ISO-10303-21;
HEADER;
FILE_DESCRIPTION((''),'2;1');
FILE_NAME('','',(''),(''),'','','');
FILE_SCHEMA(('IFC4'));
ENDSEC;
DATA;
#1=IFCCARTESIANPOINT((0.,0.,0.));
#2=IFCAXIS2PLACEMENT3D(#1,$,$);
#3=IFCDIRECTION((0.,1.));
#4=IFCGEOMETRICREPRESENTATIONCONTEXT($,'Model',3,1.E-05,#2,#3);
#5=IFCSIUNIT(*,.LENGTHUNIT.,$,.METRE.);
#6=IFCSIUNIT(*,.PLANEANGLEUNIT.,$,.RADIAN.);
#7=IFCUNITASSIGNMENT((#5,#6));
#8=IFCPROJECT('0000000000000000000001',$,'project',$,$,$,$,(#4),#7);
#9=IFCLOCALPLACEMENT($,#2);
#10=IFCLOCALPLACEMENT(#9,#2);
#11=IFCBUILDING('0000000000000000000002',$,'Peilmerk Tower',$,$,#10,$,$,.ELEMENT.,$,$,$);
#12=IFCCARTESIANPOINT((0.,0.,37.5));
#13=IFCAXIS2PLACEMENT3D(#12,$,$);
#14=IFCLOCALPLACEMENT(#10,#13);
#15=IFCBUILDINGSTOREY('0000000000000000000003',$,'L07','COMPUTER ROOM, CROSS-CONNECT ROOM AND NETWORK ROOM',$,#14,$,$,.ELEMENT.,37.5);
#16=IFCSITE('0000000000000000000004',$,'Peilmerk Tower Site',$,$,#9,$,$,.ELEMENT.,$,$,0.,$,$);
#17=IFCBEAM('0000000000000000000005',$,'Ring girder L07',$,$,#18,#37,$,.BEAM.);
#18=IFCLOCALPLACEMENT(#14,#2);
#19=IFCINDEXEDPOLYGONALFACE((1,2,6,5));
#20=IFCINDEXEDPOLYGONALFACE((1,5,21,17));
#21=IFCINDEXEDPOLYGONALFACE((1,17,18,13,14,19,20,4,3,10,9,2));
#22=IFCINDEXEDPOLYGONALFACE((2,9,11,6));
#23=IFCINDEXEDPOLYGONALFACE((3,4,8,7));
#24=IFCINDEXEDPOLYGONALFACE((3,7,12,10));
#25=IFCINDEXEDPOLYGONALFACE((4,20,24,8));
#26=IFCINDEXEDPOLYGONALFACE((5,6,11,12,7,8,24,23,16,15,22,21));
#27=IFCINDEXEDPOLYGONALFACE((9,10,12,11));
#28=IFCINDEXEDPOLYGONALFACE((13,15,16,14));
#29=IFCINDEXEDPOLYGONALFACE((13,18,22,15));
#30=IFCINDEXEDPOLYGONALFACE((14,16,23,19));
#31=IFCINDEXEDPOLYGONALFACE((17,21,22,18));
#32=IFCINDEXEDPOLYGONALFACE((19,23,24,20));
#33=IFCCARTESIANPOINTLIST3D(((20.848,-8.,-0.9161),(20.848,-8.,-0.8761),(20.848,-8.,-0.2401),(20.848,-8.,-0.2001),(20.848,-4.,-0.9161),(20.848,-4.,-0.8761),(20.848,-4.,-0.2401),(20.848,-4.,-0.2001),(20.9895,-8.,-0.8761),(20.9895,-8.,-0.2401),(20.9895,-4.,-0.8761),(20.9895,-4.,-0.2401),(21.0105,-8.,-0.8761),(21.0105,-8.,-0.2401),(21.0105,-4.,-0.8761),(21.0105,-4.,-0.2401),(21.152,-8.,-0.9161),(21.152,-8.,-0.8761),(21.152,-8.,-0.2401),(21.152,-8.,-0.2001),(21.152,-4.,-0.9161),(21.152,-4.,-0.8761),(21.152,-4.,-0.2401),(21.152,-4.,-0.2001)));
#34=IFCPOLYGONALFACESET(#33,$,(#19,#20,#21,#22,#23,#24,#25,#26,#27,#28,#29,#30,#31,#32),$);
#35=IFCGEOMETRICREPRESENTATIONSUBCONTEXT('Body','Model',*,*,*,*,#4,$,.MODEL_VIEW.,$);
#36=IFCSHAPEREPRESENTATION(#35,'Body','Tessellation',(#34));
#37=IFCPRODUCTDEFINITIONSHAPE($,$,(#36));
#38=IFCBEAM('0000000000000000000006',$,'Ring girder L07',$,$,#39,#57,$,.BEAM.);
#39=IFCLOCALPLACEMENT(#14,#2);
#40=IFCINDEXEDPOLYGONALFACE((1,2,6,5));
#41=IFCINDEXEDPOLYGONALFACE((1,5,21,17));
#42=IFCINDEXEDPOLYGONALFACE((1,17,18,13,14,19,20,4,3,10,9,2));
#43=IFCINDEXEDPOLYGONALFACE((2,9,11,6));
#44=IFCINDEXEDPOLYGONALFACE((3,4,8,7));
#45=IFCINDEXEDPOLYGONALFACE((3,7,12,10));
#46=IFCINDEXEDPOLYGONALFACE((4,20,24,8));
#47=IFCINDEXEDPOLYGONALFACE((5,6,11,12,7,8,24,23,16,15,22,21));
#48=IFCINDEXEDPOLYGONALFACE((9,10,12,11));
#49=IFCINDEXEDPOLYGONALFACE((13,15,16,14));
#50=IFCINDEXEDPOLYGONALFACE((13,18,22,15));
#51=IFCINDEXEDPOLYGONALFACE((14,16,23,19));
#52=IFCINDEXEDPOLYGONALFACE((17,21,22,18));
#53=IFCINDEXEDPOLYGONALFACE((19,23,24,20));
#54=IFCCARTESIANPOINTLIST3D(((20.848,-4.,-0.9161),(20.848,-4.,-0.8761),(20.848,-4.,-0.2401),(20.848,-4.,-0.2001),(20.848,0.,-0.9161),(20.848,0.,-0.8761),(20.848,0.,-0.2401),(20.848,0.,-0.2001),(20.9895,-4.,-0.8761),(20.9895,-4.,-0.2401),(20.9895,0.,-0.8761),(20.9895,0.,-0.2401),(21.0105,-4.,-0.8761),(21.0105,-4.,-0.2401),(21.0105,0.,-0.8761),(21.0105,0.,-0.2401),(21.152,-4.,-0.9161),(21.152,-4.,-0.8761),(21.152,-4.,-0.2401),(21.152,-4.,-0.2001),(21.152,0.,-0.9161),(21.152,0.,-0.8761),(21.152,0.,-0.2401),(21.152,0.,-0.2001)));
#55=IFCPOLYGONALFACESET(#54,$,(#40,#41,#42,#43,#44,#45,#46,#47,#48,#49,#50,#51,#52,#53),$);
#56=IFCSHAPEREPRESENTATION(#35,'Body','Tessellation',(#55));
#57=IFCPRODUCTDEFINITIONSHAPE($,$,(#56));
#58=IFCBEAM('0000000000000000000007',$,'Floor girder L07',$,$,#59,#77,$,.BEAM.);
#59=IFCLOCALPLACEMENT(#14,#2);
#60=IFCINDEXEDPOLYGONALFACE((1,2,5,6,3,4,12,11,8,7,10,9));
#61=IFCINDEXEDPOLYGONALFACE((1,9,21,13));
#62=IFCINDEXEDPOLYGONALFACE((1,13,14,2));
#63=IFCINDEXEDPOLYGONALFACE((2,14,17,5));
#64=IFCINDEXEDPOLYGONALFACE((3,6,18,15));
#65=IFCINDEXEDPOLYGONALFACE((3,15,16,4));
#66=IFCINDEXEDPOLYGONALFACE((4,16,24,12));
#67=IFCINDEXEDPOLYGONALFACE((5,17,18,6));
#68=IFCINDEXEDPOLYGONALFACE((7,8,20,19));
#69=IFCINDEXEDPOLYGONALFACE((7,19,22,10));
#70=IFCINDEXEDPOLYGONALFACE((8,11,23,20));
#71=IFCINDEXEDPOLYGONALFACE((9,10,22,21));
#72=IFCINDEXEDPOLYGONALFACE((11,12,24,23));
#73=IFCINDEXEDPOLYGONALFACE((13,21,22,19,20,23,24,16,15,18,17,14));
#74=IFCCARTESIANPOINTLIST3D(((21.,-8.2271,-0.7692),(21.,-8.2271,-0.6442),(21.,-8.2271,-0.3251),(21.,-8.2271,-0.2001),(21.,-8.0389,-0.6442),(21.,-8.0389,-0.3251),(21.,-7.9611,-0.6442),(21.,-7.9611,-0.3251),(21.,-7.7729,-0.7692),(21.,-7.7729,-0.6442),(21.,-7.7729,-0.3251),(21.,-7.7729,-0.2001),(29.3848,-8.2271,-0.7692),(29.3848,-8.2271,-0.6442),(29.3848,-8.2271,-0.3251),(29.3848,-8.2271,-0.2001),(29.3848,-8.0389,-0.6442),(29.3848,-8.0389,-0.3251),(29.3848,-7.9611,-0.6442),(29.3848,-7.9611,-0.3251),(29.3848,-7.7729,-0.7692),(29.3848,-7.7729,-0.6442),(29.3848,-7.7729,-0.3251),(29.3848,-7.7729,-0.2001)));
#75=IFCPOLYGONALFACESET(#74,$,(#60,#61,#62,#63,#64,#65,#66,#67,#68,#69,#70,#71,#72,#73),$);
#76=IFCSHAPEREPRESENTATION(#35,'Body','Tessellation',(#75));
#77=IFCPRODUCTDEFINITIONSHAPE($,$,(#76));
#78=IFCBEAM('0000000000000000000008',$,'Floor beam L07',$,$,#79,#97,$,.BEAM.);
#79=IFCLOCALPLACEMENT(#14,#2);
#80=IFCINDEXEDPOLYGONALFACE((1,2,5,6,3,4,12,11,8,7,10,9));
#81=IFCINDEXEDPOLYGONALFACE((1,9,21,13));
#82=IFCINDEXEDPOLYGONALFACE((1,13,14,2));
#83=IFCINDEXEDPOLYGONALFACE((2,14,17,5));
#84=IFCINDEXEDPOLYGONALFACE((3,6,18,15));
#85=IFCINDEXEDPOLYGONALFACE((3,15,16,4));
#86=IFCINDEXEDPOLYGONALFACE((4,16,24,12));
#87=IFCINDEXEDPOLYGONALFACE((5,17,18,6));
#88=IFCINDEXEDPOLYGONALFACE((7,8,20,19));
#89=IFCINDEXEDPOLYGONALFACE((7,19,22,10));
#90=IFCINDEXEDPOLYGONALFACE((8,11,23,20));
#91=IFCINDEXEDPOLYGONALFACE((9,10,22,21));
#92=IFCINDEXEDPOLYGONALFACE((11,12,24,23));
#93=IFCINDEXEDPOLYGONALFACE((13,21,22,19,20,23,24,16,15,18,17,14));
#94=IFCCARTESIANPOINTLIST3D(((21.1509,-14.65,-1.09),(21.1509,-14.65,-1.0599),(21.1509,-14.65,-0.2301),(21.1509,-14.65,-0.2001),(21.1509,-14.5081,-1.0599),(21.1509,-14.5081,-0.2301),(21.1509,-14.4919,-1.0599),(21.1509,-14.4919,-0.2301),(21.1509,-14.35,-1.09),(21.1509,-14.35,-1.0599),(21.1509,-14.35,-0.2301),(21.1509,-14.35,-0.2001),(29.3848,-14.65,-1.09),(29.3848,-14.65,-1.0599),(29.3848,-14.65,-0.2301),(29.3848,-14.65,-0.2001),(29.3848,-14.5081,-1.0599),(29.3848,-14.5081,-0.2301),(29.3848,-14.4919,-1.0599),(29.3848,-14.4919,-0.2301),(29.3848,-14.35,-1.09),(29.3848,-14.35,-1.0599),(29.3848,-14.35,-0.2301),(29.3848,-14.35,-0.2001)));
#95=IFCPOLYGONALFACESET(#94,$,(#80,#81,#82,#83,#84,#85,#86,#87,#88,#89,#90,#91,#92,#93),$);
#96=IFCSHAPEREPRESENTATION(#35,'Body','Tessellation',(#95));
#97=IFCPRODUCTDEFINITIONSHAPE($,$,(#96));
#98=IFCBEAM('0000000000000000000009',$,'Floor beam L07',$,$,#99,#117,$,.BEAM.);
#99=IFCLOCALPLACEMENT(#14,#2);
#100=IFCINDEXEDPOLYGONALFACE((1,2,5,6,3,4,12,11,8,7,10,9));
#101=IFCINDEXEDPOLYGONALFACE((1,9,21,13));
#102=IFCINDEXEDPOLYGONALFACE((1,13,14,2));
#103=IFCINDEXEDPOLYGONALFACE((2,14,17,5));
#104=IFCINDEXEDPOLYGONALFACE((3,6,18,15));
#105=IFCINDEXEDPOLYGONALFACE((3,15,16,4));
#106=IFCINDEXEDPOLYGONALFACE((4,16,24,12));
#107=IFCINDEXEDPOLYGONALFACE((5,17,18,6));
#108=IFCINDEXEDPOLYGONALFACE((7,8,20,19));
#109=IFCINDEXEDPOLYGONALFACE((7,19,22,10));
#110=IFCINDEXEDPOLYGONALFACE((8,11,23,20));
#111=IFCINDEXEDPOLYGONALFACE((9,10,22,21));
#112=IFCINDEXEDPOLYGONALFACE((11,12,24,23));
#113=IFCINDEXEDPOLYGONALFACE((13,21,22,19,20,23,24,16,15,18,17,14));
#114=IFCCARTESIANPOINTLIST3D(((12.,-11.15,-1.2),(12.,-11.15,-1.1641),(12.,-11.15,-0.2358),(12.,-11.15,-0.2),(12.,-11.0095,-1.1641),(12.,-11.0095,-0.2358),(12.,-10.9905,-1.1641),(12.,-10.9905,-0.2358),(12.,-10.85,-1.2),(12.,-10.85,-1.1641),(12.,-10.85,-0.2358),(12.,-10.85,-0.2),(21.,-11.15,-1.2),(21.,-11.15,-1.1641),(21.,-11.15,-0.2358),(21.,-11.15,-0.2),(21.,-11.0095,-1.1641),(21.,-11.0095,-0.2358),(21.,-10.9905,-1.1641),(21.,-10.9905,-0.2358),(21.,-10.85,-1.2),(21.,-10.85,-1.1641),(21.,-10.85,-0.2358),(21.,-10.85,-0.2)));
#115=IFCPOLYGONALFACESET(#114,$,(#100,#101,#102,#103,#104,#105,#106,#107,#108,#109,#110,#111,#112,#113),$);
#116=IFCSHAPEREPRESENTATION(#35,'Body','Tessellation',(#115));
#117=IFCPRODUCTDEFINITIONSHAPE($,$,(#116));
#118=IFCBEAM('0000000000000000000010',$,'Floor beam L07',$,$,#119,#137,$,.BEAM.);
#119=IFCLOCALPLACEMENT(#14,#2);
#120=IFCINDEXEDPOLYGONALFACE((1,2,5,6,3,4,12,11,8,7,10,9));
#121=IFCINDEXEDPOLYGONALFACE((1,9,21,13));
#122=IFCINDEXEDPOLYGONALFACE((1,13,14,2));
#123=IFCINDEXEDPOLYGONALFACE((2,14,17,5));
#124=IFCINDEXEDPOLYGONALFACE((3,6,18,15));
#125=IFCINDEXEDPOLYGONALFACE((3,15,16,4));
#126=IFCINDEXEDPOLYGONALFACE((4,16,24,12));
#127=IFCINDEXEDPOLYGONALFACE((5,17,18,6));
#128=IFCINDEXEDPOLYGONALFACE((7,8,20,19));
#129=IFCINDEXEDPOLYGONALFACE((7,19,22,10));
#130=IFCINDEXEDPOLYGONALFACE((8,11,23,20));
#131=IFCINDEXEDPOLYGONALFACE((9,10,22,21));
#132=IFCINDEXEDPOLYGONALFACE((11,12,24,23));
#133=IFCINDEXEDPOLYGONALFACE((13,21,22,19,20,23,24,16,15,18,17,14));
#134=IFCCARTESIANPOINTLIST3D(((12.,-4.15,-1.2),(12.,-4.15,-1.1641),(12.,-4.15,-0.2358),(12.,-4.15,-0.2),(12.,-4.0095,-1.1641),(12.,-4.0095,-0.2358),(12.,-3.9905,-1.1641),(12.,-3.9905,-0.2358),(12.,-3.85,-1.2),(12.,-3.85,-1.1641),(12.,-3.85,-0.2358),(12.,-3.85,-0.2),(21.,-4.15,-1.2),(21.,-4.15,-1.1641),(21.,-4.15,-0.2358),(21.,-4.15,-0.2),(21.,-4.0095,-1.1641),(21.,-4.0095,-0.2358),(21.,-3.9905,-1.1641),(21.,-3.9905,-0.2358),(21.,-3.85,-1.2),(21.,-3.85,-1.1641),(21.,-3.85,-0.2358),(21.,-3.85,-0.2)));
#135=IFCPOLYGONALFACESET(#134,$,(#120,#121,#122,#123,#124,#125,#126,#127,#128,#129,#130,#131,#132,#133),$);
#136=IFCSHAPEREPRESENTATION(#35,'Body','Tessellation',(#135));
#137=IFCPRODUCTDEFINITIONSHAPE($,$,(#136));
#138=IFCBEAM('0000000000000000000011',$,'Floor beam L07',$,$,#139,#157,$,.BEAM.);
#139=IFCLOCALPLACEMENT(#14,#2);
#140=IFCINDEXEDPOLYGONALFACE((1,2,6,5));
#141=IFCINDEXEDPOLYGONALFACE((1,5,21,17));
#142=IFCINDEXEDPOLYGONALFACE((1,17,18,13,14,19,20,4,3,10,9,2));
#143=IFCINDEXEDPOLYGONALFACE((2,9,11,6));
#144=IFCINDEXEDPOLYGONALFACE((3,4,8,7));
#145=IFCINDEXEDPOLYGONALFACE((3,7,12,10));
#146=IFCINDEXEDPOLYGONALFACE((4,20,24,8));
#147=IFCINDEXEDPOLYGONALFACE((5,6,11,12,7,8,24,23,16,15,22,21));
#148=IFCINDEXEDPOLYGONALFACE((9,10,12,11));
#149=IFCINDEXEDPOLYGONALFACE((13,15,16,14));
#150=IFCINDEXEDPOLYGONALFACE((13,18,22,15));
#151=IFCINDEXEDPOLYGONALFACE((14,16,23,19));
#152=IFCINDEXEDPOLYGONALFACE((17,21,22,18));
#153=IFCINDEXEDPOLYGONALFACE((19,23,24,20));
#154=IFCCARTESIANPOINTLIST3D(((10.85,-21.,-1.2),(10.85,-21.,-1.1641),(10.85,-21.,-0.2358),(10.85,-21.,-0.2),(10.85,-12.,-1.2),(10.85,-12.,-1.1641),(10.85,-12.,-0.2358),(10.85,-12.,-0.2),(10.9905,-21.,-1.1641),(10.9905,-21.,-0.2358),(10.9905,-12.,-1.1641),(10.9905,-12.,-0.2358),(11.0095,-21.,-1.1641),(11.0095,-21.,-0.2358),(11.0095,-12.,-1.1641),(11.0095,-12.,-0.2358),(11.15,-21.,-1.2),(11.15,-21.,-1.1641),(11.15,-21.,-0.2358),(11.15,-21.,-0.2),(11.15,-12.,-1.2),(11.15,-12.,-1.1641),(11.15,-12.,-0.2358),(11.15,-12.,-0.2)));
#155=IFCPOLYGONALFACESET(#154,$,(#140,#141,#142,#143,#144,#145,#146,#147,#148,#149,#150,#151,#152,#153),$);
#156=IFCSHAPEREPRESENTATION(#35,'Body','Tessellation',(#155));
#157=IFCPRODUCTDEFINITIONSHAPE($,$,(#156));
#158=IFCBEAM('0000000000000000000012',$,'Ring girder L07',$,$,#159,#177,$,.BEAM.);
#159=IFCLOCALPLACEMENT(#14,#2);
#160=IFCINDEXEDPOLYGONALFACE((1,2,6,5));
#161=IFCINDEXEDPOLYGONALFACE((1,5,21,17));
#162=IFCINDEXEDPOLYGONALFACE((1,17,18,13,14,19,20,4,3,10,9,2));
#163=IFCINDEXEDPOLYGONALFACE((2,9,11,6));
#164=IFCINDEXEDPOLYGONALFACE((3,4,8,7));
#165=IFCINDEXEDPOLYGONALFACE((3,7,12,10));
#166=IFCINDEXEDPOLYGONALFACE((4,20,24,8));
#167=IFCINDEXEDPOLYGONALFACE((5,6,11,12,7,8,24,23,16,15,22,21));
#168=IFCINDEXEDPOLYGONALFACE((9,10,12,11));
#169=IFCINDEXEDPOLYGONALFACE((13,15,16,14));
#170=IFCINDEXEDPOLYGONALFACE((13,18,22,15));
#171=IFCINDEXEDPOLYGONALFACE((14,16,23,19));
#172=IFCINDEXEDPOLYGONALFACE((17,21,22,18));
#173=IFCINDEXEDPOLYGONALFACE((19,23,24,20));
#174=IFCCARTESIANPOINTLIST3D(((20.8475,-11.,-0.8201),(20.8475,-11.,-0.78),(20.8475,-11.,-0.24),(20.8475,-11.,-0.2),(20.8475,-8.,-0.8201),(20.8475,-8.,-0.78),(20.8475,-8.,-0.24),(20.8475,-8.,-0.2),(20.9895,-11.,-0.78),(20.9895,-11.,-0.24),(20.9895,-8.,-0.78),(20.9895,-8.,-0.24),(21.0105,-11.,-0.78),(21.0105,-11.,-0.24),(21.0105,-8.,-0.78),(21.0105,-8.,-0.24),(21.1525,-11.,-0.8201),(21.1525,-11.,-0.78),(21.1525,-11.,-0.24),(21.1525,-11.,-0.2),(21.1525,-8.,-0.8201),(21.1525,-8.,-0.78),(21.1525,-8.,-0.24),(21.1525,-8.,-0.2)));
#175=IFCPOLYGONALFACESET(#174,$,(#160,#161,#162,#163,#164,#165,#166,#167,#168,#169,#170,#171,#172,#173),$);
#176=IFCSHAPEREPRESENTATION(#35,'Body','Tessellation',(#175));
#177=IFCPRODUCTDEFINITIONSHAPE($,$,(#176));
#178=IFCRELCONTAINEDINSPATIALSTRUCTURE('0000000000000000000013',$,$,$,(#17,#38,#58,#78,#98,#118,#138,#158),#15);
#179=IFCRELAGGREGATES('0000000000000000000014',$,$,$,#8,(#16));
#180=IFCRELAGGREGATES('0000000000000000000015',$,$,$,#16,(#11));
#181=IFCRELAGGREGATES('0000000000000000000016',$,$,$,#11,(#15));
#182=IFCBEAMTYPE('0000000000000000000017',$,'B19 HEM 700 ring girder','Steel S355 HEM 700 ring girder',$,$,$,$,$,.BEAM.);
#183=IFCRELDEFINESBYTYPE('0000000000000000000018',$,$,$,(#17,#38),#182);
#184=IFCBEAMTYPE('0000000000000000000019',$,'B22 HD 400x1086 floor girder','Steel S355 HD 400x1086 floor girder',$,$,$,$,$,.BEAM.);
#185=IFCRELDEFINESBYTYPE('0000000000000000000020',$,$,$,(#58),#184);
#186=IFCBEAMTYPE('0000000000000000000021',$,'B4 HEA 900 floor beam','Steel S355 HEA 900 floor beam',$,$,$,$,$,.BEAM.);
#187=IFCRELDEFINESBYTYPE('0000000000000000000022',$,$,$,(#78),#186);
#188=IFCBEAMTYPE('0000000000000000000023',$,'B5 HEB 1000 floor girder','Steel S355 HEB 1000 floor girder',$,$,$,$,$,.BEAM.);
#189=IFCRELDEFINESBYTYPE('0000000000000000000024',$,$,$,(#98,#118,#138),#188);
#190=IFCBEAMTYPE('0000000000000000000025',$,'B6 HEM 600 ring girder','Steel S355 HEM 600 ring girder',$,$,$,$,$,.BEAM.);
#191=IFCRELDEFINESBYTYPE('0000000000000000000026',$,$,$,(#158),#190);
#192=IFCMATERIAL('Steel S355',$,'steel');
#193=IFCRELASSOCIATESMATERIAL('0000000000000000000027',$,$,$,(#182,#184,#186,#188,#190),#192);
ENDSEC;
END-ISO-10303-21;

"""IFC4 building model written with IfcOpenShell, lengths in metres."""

from ifc_helpers import new_model, si_unit, direction, frame, origin, origin_2d, place, context, subcontext, project, spatial, i_section, extrude, material, material_profile, profile_set, type_object, element, save


model = new_model("IFC4")

# Units and contexts
model_context = context("Model", 3, precision=1e-05, world=origin(), true_north=direction((0.0, 1.0)))
body_context = subcontext(model_context, "Body", "Model", "MODEL_VIEW")
ifc_project = project(units=[si_unit("LENGTHUNIT", "METRE"), si_unit("PLANEANGLEUNIT", "RADIAN")], contexts=[model_context])

# Site, building, storey
site_placement = place(None, origin())
site = spatial("IfcSite", under=ifc_project, at=site_placement, Name="Peilmerk Tower Site", CompositionType="ELEMENT", RefElevation=0.0)
building_placement = place(site_placement, origin())
building = spatial("IfcBuilding", under=site, at=building_placement, Name="Peilmerk Tower", CompositionType="ELEMENT")
storey_placement = place(building_placement, frame((0.0, 0.0, 37.5)))
storey = spatial("IfcBuildingStorey", under=building, at=storey_placement, Name="L07", Description="COMPUTER ROOM, CROSS-CONNECT ROOM AND NETWORK ROOM", CompositionType="ELEMENT", Elevation=37.5)

# Beams
ifc_material_1 = material(Name="Steel S355", Category="steel")
ifc_material_profile_1 = material_profile(ifc_material_1, i_section(OverallWidth=0.304, OverallDepth=0.7161, WebThickness=0.021, FlangeThickness=0.04, at=origin_2d()), Name="HEM 700")
ifc_profile_set_1 = profile_set([ifc_material_profile_1], Name="Steel S355")
beam_type_1 = type_object("IfcBeamType", Name="B19 HEM 700 ring girder", Description="Steel S355 HEM 700 ring girder", PredefinedType="BEAM", material=ifc_profile_set_1)
for number, where, z_axis, x_axis, name in (
    (1, (21.0, -8.0, -0.5581), (0.0, 1.0, 0.0), (-1.0, 0.0, 0.0), "Ring girder L07"),
    (2, (21.0, -4.0, -0.5581), (0.0, 1.0, 0.0), (-1.0, 0.0, 0.0), "Ring girder L07"),
):
    element("IfcBeam", number, at=place(storey_placement, frame(where, z_axis=z_axis, x_axis=x_axis)), inside=storey, type_object=beam_type_1, Name=name, PredefinedType="BEAM", context=body_context, shape_type="SweptSolid", body=[
        extrude(i_section(OverallWidth=0.304, OverallDepth=0.7161, WebThickness=0.021, FlangeThickness=0.04, at=origin_2d()), origin(), (0.0, 0.0, 1.0), 4.0),
    ])
ifc_material_profile_2 = material_profile(ifc_material_1, i_section(OverallWidth=0.4541, OverallDepth=0.5691, WebThickness=0.0779, FlangeThickness=0.125, at=origin_2d()), Name="HD 400x1086")
ifc_profile_set_2 = profile_set([ifc_material_profile_2], Name="Steel S355")
beam_type_2 = type_object("IfcBeamType", Name="B22 HD 400x1086 floor girder", Description="Steel S355 HD 400x1086 floor girder", PredefinedType="BEAM", material=ifc_profile_set_2)
beam_1_placement = place(storey_placement, frame((21.0, -8.0, -0.4846), z_axis=(1.0, 0.0, 0.0), x_axis=(0.0, 1.0, 0.0)))
element("IfcBeam", 3, at=beam_1_placement, inside=storey, type_object=beam_type_2, Name="Floor girder L07", PredefinedType="BEAM", context=body_context, shape_type="SweptSolid", body=[
    extrude(i_section(OverallWidth=0.4541, OverallDepth=0.5691, WebThickness=0.0779, FlangeThickness=0.125, at=origin_2d()), origin(), (0.0, 0.0, 1.0), 8.3848),
])
ifc_material_profile_3 = material_profile(ifc_material_1, i_section(OverallWidth=0.3, OverallDepth=0.8899, WebThickness=0.0161, FlangeThickness=0.03, at=origin_2d()), Name="HEA 900")
ifc_profile_set_3 = profile_set([ifc_material_profile_3], Name="Steel S355")
beam_type_3 = type_object("IfcBeamType", Name="B4 HEA 900 floor beam", Description="Steel S355 HEA 900 floor beam", PredefinedType="BEAM", material=ifc_profile_set_3)
beam_2_placement = place(storey_placement, frame((21.1509, -14.5, -0.645), z_axis=(1.0, 0.0, 0.0), x_axis=(0.0, 1.0, 0.0)))
element("IfcBeam", 4, at=beam_2_placement, inside=storey, type_object=beam_type_3, Name="Floor beam L07", PredefinedType="BEAM", context=body_context, shape_type="SweptSolid", body=[
    extrude(i_section(OverallWidth=0.3, OverallDepth=0.8899, WebThickness=0.0161, FlangeThickness=0.03, at=origin_2d()), origin(), (0.0, 0.0, 1.0), 8.2339),
])
ifc_material_profile_4 = material_profile(ifc_material_1, i_section(OverallWidth=0.3, OverallDepth=1.0, WebThickness=0.019, FlangeThickness=0.0359, at=origin_2d()), Name="HEB 1000")
ifc_profile_set_4 = profile_set([ifc_material_profile_4], Name="Steel S355")
beam_type_4 = type_object("IfcBeamType", Name="B5 HEB 1000 floor girder", Description="Steel S355 HEB 1000 floor girder", PredefinedType="BEAM", material=ifc_profile_set_4)
for number, where, z_axis, x_axis, name in (
    (5, (12.0, -11.0, -0.7), (1.0, 0.0, 0.0), (0.0, 1.0, 0.0), "Floor beam L07"),
    (6, (12.0, -4.0, -0.7), (1.0, 0.0, 0.0), (0.0, 1.0, 0.0), "Floor beam L07"),
    (7, (11.0, -12.0, -0.7), (0.0, -1.0, 0.0), (1.0, 0.0, 0.0), "Floor beam L07"),
):
    element("IfcBeam", number, at=place(storey_placement, frame(where, z_axis=z_axis, x_axis=x_axis)), inside=storey, type_object=beam_type_4, Name=name, PredefinedType="BEAM", context=body_context, shape_type="SweptSolid", body=[
        extrude(i_section(OverallWidth=0.3, OverallDepth=1.0, WebThickness=0.019, FlangeThickness=0.0359, at=origin_2d()), origin(), (0.0, 0.0, 1.0), 9.0),
    ])
ifc_material_profile_5 = material_profile(ifc_material_1, i_section(OverallWidth=0.3049, OverallDepth=0.6201, WebThickness=0.021, FlangeThickness=0.04, at=origin_2d()), Name="HEM 600")
ifc_profile_set_5 = profile_set([ifc_material_profile_5], Name="Steel S355")
beam_type_5 = type_object("IfcBeamType", Name="B6 HEM 600 ring girder", Description="Steel S355 HEM 600 ring girder", PredefinedType="BEAM", material=ifc_profile_set_5)
beam_3_placement = place(storey_placement, frame((21.0, -11.0, -0.51), z_axis=(0.0, 1.0, 0.0), x_axis=(-1.0, 0.0, 0.0)))
element("IfcBeam", 8, at=beam_3_placement, inside=storey, type_object=beam_type_5, Name="Ring girder L07", PredefinedType="BEAM", context=body_context, shape_type="SweptSolid", body=[
    extrude(i_section(OverallWidth=0.3049, OverallDepth=0.6201, WebThickness=0.021, FlangeThickness=0.04, at=origin_2d()), origin(), (0.0, 0.0, 1.0), 3.0),
])

save(model, "model.ifc")
